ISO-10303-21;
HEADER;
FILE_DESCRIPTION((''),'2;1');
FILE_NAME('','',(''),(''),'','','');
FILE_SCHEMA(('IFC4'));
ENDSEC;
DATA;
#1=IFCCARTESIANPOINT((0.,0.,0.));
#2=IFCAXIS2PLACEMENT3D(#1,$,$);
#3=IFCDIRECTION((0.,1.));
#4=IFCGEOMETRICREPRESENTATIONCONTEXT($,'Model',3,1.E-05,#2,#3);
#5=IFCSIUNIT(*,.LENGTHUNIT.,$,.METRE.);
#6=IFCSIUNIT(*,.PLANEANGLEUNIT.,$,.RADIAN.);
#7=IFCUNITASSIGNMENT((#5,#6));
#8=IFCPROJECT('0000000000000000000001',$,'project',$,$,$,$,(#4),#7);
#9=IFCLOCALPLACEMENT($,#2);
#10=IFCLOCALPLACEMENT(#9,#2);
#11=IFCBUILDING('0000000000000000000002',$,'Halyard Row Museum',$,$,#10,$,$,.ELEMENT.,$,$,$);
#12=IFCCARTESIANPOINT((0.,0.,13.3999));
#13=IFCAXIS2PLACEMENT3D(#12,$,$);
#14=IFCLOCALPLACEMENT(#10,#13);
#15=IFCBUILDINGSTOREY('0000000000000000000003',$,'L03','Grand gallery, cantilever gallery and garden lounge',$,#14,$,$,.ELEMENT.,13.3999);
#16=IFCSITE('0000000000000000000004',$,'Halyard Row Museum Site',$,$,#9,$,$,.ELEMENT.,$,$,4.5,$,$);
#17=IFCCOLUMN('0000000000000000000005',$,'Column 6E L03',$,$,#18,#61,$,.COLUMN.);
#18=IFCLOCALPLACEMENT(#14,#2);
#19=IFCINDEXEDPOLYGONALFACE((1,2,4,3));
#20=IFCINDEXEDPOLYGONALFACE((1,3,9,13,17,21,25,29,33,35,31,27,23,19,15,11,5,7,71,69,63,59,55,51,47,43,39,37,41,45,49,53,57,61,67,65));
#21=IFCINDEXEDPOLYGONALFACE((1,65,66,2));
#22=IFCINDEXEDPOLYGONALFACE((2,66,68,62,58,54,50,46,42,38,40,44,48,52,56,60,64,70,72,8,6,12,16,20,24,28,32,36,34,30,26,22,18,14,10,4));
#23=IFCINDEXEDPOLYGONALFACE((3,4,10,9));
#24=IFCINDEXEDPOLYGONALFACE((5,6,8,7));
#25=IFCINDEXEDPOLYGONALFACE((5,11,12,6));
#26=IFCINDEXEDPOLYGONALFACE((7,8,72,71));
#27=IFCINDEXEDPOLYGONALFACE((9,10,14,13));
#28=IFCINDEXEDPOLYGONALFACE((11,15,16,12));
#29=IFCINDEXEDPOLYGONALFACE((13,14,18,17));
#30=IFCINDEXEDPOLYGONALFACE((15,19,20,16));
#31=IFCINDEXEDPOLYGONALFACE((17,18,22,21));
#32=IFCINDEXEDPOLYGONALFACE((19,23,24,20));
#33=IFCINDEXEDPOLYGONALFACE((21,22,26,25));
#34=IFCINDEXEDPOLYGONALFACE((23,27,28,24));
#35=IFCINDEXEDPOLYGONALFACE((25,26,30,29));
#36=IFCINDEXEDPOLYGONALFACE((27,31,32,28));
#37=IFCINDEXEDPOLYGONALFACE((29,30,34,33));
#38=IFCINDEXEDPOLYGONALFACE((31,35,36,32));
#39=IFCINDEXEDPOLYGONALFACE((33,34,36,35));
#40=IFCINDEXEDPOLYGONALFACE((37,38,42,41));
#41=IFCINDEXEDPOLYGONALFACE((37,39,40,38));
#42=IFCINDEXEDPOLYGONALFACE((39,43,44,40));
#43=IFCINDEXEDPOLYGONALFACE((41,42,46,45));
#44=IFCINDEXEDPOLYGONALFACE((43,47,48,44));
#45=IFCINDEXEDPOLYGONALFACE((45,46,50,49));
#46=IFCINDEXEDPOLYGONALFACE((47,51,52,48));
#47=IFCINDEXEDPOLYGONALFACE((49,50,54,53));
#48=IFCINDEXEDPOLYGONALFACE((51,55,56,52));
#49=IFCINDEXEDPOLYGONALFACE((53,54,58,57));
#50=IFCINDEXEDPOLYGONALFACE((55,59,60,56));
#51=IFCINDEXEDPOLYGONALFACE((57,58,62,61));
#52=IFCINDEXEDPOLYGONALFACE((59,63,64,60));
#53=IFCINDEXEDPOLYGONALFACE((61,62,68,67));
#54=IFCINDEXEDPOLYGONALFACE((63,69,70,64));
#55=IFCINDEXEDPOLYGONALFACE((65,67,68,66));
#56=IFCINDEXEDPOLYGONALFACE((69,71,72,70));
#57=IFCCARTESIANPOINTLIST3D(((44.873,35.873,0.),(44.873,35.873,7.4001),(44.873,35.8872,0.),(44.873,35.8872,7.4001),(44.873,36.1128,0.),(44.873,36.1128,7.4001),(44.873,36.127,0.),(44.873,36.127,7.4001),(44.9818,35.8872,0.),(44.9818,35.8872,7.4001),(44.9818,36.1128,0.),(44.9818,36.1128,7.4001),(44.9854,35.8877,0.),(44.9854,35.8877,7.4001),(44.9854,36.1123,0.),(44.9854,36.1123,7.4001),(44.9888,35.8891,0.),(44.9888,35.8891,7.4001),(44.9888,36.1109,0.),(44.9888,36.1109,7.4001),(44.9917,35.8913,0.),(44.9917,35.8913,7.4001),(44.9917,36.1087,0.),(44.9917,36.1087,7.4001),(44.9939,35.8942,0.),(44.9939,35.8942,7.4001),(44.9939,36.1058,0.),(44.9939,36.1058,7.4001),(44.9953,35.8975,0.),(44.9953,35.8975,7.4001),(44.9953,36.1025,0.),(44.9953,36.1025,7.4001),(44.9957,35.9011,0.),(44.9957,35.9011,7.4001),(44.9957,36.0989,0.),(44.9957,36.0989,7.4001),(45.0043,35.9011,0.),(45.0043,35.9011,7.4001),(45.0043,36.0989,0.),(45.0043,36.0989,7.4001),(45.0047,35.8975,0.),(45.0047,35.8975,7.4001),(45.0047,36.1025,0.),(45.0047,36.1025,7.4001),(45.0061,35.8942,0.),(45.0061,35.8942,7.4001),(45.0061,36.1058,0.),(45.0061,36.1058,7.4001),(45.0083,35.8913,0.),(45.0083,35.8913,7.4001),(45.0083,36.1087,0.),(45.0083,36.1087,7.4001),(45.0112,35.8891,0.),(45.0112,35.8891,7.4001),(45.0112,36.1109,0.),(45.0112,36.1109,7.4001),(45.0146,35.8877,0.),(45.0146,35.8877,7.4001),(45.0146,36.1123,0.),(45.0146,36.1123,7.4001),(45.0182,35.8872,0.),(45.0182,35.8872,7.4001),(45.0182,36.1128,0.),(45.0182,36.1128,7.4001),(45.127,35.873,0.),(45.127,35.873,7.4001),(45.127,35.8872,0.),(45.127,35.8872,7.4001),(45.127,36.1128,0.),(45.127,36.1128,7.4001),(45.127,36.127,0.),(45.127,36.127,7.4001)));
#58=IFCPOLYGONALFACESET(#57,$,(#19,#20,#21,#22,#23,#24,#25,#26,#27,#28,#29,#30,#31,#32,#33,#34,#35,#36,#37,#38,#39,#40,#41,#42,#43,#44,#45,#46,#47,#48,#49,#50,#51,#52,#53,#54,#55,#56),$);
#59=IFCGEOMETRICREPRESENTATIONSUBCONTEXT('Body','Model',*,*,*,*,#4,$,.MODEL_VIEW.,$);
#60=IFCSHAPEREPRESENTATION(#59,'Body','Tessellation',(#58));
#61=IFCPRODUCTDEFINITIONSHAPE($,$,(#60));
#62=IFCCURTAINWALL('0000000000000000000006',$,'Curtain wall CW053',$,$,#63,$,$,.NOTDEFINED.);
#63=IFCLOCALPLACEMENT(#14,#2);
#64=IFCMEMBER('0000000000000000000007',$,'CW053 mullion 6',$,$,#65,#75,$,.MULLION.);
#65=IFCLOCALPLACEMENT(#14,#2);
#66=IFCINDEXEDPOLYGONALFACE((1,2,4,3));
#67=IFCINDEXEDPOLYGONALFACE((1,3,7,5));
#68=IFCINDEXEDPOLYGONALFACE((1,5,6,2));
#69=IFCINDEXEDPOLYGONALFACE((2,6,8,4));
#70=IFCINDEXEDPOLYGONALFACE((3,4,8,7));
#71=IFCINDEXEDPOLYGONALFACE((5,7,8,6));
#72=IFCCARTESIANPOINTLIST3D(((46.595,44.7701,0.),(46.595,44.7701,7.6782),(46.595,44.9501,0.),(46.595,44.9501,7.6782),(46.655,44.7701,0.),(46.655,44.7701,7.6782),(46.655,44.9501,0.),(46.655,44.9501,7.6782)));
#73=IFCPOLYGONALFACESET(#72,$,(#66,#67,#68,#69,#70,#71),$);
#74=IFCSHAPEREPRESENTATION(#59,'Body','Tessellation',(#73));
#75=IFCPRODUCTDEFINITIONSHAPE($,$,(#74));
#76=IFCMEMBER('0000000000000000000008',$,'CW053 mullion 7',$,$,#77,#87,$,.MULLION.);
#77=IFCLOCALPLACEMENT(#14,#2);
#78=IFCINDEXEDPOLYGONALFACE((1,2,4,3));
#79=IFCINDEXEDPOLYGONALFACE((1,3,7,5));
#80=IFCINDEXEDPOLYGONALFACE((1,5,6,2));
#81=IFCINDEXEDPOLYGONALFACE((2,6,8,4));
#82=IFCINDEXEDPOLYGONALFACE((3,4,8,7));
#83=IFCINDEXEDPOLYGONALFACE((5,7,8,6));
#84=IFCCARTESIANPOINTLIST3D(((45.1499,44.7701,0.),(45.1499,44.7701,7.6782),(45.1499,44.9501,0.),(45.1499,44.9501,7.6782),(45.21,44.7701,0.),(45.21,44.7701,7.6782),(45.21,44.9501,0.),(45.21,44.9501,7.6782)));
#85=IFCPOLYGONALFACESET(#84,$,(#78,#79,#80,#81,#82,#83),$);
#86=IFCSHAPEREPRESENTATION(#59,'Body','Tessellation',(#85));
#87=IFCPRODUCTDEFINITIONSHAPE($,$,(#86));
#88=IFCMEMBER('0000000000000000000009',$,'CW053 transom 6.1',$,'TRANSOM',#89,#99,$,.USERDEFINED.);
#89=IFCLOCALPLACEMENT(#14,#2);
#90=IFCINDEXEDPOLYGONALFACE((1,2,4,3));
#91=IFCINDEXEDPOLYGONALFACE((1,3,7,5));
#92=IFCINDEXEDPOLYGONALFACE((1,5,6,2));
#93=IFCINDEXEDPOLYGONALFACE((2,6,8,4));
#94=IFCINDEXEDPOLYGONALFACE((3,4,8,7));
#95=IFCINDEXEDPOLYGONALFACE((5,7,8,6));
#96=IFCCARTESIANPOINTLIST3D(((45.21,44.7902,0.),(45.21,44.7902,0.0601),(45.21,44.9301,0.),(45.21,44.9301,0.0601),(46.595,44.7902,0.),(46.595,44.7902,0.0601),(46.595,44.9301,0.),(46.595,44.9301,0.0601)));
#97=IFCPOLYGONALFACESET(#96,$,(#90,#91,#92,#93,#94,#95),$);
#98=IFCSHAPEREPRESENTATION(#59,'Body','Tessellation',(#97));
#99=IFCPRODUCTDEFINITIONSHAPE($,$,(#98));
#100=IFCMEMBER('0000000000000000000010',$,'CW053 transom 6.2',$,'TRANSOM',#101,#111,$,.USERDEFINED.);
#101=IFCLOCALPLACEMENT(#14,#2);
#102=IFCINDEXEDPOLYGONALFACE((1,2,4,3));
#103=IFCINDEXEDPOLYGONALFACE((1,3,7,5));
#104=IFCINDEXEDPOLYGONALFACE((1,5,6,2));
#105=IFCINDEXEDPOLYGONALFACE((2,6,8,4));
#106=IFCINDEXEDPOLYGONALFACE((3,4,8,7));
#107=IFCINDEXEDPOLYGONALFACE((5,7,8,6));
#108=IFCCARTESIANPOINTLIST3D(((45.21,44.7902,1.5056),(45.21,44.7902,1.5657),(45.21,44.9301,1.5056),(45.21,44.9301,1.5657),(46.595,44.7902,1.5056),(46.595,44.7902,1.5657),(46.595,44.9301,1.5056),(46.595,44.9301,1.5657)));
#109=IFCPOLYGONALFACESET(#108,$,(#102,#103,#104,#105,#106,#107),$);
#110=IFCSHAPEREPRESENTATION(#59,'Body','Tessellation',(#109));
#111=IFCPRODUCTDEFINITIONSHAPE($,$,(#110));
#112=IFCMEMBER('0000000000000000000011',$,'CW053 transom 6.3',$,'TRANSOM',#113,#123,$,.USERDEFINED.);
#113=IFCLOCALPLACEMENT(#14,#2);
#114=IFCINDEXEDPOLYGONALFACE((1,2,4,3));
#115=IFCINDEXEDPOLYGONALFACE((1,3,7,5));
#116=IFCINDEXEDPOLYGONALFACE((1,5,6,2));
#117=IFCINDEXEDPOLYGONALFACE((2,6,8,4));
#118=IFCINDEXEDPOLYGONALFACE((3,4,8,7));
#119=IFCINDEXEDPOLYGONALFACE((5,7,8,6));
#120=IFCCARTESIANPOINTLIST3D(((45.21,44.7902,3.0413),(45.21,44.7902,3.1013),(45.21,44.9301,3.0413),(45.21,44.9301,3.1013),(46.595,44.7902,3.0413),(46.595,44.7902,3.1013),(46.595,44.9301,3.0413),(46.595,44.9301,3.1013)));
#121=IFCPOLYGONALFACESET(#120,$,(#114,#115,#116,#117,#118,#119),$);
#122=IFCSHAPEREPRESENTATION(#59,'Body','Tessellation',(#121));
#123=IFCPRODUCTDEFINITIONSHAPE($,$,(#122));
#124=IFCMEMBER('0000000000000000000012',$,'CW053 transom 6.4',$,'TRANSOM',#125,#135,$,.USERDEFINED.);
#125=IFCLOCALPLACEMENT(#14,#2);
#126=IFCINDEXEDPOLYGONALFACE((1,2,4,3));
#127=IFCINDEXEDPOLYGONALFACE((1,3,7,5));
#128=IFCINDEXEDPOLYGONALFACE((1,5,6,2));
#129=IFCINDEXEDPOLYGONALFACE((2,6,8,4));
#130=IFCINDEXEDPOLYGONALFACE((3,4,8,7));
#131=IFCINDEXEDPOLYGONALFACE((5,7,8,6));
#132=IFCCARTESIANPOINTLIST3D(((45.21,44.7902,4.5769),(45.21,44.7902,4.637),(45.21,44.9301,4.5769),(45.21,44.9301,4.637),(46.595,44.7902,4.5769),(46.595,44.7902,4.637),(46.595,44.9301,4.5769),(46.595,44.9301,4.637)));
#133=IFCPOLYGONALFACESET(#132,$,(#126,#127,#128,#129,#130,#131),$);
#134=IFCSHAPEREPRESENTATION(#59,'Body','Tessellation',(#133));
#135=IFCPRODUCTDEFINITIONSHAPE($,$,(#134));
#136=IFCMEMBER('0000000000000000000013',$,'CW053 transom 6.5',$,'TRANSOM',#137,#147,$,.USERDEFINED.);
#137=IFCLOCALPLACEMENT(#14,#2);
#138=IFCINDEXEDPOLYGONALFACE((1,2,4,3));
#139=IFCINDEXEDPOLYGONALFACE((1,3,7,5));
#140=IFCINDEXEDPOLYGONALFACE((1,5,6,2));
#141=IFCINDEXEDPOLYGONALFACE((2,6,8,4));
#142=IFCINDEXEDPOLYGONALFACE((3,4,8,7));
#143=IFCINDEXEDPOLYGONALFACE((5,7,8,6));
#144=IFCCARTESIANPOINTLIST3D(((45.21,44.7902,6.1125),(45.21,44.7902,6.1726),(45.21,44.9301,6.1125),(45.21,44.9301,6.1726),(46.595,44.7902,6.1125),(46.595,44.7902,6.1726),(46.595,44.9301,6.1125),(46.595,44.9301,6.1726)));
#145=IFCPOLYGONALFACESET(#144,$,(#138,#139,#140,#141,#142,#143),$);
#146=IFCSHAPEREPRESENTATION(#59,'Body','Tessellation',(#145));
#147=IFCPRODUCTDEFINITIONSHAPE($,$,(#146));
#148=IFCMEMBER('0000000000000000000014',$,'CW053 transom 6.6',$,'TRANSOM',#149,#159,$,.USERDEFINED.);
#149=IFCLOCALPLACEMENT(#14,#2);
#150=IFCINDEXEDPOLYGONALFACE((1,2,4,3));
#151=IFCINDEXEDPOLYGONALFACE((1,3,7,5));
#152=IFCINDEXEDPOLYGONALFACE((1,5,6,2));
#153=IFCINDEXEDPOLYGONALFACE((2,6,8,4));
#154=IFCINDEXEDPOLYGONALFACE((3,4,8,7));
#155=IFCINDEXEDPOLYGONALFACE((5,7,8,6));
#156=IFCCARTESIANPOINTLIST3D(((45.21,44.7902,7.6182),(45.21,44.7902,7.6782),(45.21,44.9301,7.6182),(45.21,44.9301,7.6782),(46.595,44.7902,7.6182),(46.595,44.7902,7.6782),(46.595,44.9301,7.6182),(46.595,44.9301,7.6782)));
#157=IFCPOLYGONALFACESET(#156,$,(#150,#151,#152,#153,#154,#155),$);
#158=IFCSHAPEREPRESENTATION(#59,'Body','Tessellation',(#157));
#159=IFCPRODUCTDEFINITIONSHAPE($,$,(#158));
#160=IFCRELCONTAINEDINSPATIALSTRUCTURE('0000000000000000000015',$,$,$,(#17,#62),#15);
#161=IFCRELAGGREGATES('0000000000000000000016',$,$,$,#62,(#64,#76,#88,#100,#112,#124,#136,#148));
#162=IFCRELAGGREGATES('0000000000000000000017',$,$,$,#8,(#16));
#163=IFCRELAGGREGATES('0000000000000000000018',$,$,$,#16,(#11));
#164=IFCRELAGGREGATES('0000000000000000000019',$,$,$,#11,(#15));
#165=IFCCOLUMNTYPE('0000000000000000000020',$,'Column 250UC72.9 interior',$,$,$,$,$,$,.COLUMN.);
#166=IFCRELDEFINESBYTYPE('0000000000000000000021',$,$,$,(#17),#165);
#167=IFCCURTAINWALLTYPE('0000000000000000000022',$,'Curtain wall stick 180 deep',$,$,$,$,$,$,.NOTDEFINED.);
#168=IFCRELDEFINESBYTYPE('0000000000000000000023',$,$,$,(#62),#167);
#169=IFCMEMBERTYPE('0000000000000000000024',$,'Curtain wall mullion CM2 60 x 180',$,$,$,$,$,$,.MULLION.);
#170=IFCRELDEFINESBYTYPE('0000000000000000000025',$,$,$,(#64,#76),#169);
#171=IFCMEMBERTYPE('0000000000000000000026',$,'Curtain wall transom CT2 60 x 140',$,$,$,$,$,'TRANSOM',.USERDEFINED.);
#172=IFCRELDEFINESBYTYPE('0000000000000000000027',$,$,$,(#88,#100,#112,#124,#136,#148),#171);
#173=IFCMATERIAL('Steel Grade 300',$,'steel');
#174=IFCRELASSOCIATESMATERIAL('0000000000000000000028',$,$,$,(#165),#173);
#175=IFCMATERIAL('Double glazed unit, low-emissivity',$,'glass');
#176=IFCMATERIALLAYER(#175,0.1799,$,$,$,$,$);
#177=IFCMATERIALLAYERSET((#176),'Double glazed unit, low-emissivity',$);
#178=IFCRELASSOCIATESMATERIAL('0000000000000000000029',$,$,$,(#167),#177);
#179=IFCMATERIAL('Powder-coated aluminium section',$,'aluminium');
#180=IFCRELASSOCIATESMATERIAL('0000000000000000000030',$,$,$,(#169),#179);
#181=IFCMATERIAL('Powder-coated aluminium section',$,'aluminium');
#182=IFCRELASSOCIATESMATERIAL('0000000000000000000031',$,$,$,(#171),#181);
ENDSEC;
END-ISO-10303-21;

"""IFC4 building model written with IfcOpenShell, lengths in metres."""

from ifc_helpers import new_model, si_unit, direction, frame, origin, origin_2d, place, context, subcontext, project, spatial, rectangle, i_section, extrude, material, layer, layer_set, material_profile, profile_set, type_object, element, aggregate, save


model = new_model("IFC4")

# Units and contexts
model_context = context("Model", 3, precision=1e-05, world=origin(), true_north=direction((0.0, 1.0)))
body_context = subcontext(model_context, "Body", "Model", "MODEL_VIEW")
ifc_project = project(units=[si_unit("LENGTHUNIT", "METRE"), si_unit("PLANEANGLEUNIT", "RADIAN")], contexts=[model_context])

# Site, building, storey
site_placement = place(None, origin())
site = spatial("IfcSite", under=ifc_project, at=site_placement, Name="Halyard Row Museum Site", CompositionType="ELEMENT", RefElevation=4.5)
building_placement = place(site_placement, origin())
building = spatial("IfcBuilding", under=site, at=building_placement, Name="Halyard Row Museum", CompositionType="ELEMENT")
storey_placement = place(building_placement, frame((0.0, 0.0, 13.3999)))
storey = spatial("IfcBuildingStorey", under=building, at=storey_placement, Name="L03", Description="Grand gallery, cantilever gallery and garden lounge", CompositionType="ELEMENT", Elevation=13.3999)

# Column
ifc_material_1 = material(Name="Steel Grade 300", Category="steel")
ifc_material_profile_1 = material_profile(ifc_material_1, i_section(OverallWidth=0.2539, OverallDepth=0.2539, WebThickness=0.0085, FlangeThickness=0.0142, FilletRadius=0.0139, at=origin_2d()), Name="250UC72.9")
ifc_profile_set_1 = profile_set([ifc_material_profile_1], Name="Steel Grade 300")
column_type = type_object("IfcColumnType", Name="Column 250UC72.9 interior", PredefinedType="COLUMN", material=ifc_profile_set_1)
column_placement = place(storey_placement, frame((45.0, 36.0, 0.0), z_axis=(0.0, 0.0, 1.0), x_axis=(1.0, 0.0, 0.0)))
element("IfcColumn", 1, at=column_placement, inside=storey, type_object=column_type, Name="Column 6E L03", PredefinedType="COLUMN", context=body_context, shape_type="SweptSolid", body=[
    extrude(i_section(OverallWidth=0.2539, OverallDepth=0.2539, WebThickness=0.0085, FlangeThickness=0.0142, FilletRadius=0.0139, at=origin_2d()), origin(), (0.0, 0.0, 1.0), 7.4001),
])

# Curtain wall, members
ifc_material_2 = material(Name="Double glazed unit, low-emissivity", Category="glass")
ifc_layer_1 = layer(ifc_material_2, 0.1799)
ifc_layer_set_1 = layer_set([ifc_layer_1], Name="Double glazed unit, low-emissivity")
curtain_wall_type = type_object("IfcCurtainWallType", Name="Curtain wall stick 180 deep", PredefinedType="NOTDEFINED", material=ifc_layer_set_1)
curtain_wall_placement = place(storey_placement, origin())
curtain_wall = element("IfcCurtainWall", 2, at=curtain_wall_placement, inside=storey, type_object=curtain_wall_type, Name="Curtain wall CW053", PredefinedType="NOTDEFINED")
ifc_material_3 = material(Name="Powder-coated aluminium section", Category="aluminium")
ifc_material_profile_2 = material_profile(ifc_material_3, rectangle(XDim=0.1799, YDim=0.0601, at=origin_2d()), Name="180x60 mullion")
ifc_profile_set_2 = profile_set([ifc_material_profile_2], Name="Powder-coated aluminium section")
member_type_1 = type_object("IfcMemberType", Name="Curtain wall mullion CM2 60 x 180", PredefinedType="MULLION", material=ifc_profile_set_2)
member_1_placement = place(storey_placement, frame((46.625, 44.8601, 0.0), z_axis=(0.0, 0.0, 1.0), x_axis=(0.0, -1.0, 0.0)))
member_1 = element("IfcMember", 3, at=member_1_placement, type_object=member_type_1, Name="CW053 mullion 6", PredefinedType="MULLION", context=body_context, shape_type="SweptSolid", body=[
    extrude(rectangle(XDim=0.1799, YDim=0.0601, at=origin_2d()), origin(), (0.0, 0.0, 1.0), 7.6782),
])
member_2_placement = place(storey_placement, frame((45.1799, 44.8601, 0.0), z_axis=(0.0, 0.0, 1.0), x_axis=(0.0, -1.0, 0.0)))
member_2 = element("IfcMember", 4, at=member_2_placement, type_object=member_type_1, Name="CW053 mullion 7", PredefinedType="MULLION", context=body_context, shape_type="SweptSolid", body=[
    extrude(rectangle(XDim=0.1799, YDim=0.0601, at=origin_2d()), origin(), (0.0, 0.0, 1.0), 7.6782),
])
ifc_material_4 = material(Name="Powder-coated aluminium section", Category="aluminium")
ifc_material_profile_3 = material_profile(ifc_material_4, rectangle(XDim=0.1399, YDim=0.0601, at=origin_2d()), Name="140x60 transom")
ifc_profile_set_3 = profile_set([ifc_material_profile_3], Name="Powder-coated aluminium section")
member_type_2 = type_object("IfcMemberType", Name="Curtain wall transom CT2 60 x 140", ElementType="TRANSOM", PredefinedType="USERDEFINED", material=ifc_profile_set_3)
member_3_placement = place(storey_placement, frame((46.595, 44.8601, 0.03), z_axis=(-1.0, 0.0, 0.0), x_axis=(0.0, -1.0, 0.0)))
member_3 = element("IfcMember", 5, at=member_3_placement, type_object=member_type_2, Name="CW053 transom 6.1", ObjectType="TRANSOM", PredefinedType="USERDEFINED", context=body_context, shape_type="SweptSolid", body=[
    extrude(rectangle(XDim=0.1399, YDim=0.0601, at=origin_2d()), origin(), (0.0, 0.0, 1.0), 1.385),
])
member_4_placement = place(storey_placement, frame((46.595, 44.8601, 1.5356), z_axis=(-1.0, 0.0, 0.0), x_axis=(0.0, -1.0, 0.0)))
member_4 = element("IfcMember", 6, at=member_4_placement, type_object=member_type_2, Name="CW053 transom 6.2", ObjectType="TRANSOM", PredefinedType="USERDEFINED", context=body_context, shape_type="SweptSolid", body=[
    extrude(rectangle(XDim=0.1399, YDim=0.0601, at=origin_2d()), origin(), (0.0, 0.0, 1.0), 1.385),
])
member_5_placement = place(storey_placement, frame((46.595, 44.8601, 3.0713), z_axis=(-1.0, 0.0, 0.0), x_axis=(0.0, -1.0, 0.0)))
member_5 = element("IfcMember", 7, at=member_5_placement, type_object=member_type_2, Name="CW053 transom 6.3", ObjectType="TRANSOM", PredefinedType="USERDEFINED", context=body_context, shape_type="SweptSolid", body=[
    extrude(rectangle(XDim=0.1399, YDim=0.0601, at=origin_2d()), origin(), (0.0, 0.0, 1.0), 1.385),
])
member_6_placement = place(storey_placement, frame((46.595, 44.8601, 4.6069), z_axis=(-1.0, 0.0, 0.0), x_axis=(0.0, -1.0, 0.0)))
member_6 = element("IfcMember", 8, at=member_6_placement, type_object=member_type_2, Name="CW053 transom 6.4", ObjectType="TRANSOM", PredefinedType="USERDEFINED", context=body_context, shape_type="SweptSolid", body=[
    extrude(rectangle(XDim=0.1399, YDim=0.0601, at=origin_2d()), origin(), (0.0, 0.0, 1.0), 1.385),
])
member_7_placement = place(storey_placement, frame((46.595, 44.8601, 6.1426), z_axis=(-1.0, 0.0, 0.0), x_axis=(0.0, -1.0, 0.0)))
member_7 = element("IfcMember", 9, at=member_7_placement, type_object=member_type_2, Name="CW053 transom 6.5", ObjectType="TRANSOM", PredefinedType="USERDEFINED", context=body_context, shape_type="SweptSolid", body=[
    extrude(rectangle(XDim=0.1399, YDim=0.0601, at=origin_2d()), origin(), (0.0, 0.0, 1.0), 1.385),
])
member_8_placement = place(storey_placement, frame((46.595, 44.8601, 7.6482), z_axis=(-1.0, 0.0, 0.0), x_axis=(0.0, -1.0, 0.0)))
member_8 = element("IfcMember", 10, at=member_8_placement, type_object=member_type_2, Name="CW053 transom 6.6", ObjectType="TRANSOM", PredefinedType="USERDEFINED", context=body_context, shape_type="SweptSolid", body=[
    extrude(rectangle(XDim=0.1399, YDim=0.0601, at=origin_2d()), origin(), (0.0, 0.0, 1.0), 1.385),
])

aggregate(curtain_wall, [member_1, member_2, member_3, member_4, member_5, member_6, member_7, member_8])

save(model, "model.ifc")
